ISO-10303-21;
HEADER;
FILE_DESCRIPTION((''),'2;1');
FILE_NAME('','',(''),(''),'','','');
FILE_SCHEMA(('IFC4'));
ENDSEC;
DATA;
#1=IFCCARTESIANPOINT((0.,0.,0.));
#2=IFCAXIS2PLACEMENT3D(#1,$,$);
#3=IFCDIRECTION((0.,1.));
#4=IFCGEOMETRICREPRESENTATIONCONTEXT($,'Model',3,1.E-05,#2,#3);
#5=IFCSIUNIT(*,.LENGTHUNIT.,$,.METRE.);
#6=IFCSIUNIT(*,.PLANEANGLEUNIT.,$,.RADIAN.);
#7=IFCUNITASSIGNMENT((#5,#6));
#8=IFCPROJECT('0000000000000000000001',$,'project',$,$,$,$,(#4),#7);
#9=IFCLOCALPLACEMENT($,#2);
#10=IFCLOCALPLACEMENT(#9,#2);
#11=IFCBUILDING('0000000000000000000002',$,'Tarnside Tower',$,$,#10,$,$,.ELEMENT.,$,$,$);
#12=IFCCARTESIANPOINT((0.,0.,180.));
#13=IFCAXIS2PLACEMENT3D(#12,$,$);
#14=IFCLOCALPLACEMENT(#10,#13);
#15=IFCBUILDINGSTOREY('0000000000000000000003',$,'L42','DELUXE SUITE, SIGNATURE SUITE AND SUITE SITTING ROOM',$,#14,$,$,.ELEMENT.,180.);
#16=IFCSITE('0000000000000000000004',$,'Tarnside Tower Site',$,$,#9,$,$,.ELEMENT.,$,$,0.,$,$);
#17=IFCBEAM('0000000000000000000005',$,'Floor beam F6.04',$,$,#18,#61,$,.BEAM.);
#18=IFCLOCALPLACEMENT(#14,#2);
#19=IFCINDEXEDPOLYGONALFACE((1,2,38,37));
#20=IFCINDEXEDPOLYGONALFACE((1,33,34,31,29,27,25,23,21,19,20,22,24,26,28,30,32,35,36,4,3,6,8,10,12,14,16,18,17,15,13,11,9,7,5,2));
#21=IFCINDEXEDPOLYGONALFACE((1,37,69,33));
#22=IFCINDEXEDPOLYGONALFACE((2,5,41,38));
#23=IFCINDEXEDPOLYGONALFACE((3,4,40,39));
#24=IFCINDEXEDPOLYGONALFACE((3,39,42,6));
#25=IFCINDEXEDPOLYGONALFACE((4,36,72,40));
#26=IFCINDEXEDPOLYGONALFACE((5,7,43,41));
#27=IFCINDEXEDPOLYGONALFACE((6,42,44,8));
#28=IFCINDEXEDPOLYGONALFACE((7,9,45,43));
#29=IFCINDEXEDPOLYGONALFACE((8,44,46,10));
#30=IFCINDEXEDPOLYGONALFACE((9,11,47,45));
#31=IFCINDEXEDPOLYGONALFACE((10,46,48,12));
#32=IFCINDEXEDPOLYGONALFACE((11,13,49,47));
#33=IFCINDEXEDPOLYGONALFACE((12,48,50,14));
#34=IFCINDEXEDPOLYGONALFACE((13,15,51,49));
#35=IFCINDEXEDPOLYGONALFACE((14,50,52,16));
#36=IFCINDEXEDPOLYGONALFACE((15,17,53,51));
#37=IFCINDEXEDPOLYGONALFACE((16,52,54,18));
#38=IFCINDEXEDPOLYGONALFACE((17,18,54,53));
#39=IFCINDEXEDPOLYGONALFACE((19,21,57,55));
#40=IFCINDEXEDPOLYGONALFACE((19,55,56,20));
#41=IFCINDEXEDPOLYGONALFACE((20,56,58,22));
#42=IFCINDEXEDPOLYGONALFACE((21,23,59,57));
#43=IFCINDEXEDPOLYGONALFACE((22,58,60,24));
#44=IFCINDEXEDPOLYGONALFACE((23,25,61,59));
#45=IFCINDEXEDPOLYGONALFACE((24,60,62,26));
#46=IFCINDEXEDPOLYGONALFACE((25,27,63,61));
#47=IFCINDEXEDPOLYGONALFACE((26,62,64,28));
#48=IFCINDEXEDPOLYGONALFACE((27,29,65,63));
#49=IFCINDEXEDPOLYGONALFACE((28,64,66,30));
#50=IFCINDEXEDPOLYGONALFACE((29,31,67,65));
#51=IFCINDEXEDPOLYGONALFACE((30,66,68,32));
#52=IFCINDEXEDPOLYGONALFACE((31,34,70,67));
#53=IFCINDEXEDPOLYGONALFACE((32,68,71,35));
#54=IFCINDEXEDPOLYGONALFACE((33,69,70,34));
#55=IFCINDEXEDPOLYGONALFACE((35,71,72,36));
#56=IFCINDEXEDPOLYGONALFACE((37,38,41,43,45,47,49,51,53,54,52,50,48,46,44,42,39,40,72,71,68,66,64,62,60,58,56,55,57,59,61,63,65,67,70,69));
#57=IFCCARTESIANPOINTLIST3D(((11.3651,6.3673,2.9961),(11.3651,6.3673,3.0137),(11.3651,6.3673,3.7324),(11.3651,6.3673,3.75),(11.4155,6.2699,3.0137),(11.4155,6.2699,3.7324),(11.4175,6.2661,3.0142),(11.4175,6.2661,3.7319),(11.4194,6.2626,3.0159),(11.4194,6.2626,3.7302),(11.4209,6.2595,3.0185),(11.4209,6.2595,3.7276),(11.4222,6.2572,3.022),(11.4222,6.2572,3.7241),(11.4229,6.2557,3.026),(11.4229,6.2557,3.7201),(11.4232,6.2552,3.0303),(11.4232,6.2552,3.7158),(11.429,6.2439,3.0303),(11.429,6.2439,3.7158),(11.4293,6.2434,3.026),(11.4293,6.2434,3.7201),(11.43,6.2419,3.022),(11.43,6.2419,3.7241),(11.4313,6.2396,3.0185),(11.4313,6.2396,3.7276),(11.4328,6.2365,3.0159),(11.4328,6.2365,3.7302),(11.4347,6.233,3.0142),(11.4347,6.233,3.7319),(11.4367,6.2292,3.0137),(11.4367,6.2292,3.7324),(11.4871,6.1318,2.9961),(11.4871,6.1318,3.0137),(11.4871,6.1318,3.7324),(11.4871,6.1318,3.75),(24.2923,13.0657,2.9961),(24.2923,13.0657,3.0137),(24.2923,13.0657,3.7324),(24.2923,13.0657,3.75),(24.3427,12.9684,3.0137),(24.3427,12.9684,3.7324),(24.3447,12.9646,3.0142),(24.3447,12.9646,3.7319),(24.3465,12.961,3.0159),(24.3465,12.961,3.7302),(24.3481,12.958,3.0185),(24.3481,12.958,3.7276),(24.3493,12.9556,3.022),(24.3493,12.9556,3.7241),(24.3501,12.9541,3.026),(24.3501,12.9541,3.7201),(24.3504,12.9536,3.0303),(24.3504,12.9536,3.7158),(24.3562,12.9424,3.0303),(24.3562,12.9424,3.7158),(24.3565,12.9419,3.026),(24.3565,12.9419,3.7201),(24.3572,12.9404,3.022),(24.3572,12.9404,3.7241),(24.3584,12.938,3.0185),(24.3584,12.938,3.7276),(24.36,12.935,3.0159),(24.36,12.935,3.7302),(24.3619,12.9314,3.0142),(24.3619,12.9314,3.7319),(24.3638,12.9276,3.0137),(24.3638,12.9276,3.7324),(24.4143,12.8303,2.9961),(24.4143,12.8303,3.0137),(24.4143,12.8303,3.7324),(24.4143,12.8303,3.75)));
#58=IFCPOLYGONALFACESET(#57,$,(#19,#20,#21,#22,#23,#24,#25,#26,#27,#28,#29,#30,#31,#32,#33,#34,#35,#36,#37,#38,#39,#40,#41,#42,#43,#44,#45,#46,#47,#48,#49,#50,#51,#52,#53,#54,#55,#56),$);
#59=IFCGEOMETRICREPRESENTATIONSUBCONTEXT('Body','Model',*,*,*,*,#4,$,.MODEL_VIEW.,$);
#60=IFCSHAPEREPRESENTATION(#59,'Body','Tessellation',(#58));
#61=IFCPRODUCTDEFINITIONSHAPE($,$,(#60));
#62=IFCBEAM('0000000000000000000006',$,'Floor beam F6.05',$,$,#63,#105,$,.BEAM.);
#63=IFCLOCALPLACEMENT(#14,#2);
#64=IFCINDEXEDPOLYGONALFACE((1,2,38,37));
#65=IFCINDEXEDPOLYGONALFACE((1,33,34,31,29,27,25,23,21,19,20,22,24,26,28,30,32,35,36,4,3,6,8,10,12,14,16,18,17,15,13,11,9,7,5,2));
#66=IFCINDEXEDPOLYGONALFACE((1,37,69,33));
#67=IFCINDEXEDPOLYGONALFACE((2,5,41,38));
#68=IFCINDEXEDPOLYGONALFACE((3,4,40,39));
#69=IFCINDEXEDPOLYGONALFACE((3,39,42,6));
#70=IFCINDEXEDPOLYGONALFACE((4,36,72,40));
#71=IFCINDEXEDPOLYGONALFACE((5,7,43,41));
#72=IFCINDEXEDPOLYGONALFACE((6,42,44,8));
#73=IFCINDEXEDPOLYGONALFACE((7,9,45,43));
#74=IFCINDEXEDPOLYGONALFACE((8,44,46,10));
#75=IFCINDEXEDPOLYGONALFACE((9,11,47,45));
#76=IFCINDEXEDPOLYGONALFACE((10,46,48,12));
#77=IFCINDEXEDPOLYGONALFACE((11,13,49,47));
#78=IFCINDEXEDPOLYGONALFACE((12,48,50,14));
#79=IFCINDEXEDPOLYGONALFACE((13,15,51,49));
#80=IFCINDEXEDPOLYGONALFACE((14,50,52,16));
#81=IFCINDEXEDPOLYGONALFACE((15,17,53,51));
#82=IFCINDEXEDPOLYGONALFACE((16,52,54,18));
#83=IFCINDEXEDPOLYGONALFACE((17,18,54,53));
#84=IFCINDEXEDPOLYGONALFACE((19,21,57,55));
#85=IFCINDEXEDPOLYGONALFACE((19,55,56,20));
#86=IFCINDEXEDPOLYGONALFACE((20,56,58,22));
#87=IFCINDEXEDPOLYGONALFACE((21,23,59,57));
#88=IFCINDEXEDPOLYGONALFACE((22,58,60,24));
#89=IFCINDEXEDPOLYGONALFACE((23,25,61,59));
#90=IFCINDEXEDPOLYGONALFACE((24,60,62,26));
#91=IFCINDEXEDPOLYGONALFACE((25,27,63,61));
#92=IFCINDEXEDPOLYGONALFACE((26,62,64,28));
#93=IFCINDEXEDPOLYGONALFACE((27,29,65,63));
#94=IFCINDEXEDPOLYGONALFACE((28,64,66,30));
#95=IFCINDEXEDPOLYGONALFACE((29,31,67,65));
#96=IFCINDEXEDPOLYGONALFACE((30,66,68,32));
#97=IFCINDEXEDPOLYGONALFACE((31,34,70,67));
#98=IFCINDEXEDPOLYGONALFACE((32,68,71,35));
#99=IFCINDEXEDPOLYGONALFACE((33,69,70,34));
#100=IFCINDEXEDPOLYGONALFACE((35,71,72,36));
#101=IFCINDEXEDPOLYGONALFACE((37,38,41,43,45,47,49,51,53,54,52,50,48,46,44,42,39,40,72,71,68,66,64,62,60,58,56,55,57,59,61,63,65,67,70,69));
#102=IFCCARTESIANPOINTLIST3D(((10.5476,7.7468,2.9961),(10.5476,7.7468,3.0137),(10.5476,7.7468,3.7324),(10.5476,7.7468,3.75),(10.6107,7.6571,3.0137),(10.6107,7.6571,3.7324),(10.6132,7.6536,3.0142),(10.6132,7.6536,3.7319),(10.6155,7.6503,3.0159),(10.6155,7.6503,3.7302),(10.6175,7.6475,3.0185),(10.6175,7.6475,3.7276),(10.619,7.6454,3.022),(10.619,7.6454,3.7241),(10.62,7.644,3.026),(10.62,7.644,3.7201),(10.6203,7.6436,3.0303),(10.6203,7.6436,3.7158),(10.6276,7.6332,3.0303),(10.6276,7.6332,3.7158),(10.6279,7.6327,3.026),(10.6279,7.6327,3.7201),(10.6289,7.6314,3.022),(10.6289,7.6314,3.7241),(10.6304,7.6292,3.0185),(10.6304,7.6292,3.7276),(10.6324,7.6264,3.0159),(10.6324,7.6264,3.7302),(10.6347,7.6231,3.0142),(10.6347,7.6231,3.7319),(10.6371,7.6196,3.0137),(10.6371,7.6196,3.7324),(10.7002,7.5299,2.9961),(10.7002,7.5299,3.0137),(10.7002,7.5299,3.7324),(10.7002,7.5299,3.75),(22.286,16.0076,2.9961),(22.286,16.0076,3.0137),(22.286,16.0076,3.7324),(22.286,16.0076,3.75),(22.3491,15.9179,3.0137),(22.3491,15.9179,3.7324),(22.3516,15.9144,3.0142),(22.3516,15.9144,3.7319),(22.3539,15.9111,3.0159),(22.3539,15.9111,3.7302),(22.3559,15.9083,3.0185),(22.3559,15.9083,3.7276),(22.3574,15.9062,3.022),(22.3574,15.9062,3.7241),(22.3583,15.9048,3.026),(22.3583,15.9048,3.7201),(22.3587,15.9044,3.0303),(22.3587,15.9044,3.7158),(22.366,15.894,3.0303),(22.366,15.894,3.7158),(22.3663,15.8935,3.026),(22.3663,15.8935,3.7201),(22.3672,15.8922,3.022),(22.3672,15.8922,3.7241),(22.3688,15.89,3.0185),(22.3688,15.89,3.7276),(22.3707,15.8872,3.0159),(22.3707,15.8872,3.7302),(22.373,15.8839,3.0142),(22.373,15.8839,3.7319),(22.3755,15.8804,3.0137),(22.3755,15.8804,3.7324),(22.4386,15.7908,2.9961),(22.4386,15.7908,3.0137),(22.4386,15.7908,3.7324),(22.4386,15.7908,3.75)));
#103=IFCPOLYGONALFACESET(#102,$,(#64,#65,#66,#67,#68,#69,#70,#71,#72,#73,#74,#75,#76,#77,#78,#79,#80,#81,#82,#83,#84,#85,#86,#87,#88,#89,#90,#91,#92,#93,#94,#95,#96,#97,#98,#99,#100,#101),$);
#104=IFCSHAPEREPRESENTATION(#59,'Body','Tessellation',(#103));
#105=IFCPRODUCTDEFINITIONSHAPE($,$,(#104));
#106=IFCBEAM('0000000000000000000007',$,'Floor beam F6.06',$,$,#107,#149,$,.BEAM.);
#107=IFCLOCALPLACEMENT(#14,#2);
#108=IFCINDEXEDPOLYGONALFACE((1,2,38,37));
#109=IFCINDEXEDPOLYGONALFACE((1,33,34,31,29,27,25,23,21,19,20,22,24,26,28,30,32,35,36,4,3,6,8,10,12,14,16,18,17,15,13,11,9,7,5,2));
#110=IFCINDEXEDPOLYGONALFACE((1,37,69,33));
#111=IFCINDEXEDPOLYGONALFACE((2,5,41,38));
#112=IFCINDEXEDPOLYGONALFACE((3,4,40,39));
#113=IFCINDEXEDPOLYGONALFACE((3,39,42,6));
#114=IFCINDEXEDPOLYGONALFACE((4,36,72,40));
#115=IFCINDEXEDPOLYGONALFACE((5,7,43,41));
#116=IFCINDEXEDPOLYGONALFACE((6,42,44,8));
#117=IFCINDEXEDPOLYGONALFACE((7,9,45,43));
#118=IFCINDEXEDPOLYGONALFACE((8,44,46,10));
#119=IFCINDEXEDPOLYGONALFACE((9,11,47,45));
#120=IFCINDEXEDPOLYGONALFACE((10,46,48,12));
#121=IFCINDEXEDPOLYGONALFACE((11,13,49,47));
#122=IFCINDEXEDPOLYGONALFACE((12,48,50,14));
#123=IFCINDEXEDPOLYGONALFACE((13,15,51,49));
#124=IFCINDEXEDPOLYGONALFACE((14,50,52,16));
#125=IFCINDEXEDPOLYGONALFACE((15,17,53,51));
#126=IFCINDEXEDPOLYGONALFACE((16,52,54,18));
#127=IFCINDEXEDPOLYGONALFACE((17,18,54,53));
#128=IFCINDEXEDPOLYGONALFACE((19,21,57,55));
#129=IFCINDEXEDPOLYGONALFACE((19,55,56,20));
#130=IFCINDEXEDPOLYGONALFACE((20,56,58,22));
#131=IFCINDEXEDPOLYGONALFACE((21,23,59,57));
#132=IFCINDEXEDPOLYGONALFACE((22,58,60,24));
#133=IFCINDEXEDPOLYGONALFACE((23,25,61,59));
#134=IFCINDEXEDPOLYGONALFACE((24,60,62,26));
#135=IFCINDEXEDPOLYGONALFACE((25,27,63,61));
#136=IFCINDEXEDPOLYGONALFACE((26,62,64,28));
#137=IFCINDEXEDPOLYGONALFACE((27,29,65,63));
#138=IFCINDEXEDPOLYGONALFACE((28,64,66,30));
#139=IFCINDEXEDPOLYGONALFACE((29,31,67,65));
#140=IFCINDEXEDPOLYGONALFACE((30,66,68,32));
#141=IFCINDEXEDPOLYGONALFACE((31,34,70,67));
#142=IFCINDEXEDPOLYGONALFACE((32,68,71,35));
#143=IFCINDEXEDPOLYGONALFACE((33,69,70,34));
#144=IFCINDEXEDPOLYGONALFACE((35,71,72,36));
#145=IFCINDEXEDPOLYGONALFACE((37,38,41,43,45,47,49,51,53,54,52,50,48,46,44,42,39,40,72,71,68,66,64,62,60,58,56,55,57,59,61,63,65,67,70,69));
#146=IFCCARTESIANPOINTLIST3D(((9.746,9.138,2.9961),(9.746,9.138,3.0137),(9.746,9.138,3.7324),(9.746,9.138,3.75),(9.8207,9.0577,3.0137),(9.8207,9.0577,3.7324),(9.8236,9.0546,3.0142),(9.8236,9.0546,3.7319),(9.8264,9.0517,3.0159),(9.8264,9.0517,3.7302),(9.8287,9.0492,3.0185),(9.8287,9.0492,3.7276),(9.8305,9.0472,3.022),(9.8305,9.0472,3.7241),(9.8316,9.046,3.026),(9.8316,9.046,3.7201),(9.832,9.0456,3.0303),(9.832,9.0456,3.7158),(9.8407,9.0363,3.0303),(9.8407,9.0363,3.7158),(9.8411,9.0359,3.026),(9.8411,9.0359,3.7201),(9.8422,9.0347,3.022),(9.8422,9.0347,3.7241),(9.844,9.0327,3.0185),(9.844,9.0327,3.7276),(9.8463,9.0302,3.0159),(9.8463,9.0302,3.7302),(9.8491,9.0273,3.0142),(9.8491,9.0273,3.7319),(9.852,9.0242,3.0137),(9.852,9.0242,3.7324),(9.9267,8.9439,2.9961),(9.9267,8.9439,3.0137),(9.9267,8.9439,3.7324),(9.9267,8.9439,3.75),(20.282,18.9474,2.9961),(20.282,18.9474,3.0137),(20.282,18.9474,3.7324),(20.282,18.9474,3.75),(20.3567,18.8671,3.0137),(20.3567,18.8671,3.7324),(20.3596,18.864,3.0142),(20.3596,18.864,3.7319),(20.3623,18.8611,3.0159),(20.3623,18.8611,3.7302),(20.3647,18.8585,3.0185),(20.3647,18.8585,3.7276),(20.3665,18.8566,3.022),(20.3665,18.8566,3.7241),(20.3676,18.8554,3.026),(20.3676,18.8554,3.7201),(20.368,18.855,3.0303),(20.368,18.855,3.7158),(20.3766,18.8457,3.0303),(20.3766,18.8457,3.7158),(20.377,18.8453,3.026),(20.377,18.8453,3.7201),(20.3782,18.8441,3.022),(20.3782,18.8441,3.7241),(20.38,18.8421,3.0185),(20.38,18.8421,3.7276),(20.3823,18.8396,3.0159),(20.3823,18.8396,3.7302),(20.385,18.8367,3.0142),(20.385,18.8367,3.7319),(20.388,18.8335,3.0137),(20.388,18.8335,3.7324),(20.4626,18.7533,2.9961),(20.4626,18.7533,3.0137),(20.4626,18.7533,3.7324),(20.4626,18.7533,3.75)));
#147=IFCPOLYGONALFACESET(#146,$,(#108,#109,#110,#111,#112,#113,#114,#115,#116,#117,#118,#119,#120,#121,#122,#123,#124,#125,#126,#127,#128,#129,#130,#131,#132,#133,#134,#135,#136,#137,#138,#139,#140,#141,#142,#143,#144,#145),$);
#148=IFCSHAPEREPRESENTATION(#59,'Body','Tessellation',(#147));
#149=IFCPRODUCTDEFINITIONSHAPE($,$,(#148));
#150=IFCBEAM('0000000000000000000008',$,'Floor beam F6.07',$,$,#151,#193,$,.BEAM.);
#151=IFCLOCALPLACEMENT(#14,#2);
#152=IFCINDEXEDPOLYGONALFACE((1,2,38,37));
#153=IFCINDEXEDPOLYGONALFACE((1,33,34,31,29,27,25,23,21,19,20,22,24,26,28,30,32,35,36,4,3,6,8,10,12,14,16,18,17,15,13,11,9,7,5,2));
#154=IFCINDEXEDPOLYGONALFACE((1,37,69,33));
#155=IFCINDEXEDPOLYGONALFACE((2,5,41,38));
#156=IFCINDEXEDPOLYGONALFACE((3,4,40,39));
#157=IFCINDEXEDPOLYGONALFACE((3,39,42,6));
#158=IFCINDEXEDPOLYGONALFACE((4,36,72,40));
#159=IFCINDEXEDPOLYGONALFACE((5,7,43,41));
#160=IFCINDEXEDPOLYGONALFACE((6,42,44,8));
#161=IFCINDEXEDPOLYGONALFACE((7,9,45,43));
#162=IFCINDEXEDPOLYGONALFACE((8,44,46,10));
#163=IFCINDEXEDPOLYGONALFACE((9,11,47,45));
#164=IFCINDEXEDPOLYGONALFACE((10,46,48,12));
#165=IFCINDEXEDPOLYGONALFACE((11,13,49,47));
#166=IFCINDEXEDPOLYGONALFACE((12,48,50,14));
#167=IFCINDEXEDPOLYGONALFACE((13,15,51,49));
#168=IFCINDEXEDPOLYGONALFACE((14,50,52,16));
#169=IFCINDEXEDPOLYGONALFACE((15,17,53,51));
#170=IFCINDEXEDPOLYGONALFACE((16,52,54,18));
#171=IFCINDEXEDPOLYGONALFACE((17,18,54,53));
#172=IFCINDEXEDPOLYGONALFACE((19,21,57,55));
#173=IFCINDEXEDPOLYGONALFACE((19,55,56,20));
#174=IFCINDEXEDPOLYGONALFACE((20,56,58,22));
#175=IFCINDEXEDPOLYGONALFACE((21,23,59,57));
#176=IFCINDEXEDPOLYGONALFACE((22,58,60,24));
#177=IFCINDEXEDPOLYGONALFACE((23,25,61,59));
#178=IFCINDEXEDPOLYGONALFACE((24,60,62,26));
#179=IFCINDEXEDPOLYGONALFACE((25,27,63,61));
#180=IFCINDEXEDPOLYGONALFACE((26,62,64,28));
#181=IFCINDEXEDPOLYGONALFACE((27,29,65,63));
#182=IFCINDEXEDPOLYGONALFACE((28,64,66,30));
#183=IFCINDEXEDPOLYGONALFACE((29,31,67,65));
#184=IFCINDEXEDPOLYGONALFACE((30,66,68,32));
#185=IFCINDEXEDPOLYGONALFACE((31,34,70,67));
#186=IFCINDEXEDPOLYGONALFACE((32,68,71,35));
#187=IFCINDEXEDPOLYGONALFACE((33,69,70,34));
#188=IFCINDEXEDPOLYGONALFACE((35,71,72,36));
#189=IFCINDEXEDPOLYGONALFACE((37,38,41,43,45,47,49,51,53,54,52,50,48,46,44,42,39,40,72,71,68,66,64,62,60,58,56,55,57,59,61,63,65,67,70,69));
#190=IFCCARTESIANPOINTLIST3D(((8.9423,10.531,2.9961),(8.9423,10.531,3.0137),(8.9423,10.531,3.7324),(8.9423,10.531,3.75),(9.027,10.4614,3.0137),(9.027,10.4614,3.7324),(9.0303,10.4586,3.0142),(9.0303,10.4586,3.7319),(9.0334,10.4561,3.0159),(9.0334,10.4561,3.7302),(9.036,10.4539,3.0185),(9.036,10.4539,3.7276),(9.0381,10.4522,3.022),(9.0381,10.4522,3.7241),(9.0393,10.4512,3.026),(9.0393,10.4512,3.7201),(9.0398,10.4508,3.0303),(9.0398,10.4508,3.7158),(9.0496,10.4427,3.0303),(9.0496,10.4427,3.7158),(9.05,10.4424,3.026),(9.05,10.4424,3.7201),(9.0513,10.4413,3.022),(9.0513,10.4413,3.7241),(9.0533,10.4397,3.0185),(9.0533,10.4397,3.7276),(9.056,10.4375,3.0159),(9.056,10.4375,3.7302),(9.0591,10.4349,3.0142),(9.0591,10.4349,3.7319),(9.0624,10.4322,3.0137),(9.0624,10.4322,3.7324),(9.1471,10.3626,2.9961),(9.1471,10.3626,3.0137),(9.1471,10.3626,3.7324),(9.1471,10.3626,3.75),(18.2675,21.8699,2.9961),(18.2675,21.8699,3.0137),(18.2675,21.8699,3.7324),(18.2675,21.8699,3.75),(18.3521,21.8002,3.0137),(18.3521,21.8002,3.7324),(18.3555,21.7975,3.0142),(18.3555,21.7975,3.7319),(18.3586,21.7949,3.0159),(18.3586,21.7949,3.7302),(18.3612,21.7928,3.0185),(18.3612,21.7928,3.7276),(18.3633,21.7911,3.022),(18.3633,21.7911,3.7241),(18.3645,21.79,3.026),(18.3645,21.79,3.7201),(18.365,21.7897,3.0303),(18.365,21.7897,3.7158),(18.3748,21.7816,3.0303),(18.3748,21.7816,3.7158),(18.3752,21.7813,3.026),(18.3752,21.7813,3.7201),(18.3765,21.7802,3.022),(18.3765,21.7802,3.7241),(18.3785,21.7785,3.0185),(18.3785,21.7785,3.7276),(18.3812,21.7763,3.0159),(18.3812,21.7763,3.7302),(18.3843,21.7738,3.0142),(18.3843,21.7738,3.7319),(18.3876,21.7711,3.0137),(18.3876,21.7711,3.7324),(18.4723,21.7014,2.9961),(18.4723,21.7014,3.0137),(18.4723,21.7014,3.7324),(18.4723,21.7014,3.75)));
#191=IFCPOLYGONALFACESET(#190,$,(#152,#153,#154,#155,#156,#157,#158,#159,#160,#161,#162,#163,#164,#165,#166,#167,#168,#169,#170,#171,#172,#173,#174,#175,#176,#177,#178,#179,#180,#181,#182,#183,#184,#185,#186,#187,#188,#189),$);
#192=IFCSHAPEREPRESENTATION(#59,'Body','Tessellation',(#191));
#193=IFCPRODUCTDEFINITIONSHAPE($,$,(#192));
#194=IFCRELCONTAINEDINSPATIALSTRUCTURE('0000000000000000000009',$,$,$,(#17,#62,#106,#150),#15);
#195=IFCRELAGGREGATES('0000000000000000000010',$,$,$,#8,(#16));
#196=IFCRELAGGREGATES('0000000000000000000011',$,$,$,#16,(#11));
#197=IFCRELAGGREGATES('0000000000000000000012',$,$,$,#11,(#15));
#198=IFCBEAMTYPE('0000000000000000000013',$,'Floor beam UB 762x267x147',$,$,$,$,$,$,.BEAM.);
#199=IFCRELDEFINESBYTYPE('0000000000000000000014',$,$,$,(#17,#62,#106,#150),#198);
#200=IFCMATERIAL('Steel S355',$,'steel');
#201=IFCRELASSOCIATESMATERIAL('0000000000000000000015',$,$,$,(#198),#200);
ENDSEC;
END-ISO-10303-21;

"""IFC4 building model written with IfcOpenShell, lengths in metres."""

from ifc_helpers import new_model, si_unit, direction, frame, origin, origin_2d, place, context, subcontext, project, spatial, i_section, extrude, material, material_profile, profile_set, type_object, element, save


model = new_model("IFC4")

# Units and contexts
model_context = context("Model", 3, precision=1e-05, world=origin(), true_north=direction((0.0, 1.0)))
body_context = subcontext(model_context, "Body", "Model", "MODEL_VIEW")
ifc_project = project(units=[si_unit("LENGTHUNIT", "METRE"), si_unit("PLANEANGLEUNIT", "RADIAN")], contexts=[model_context])

# Site, building, storey
site_placement = place(None, origin())
site = spatial("IfcSite", under=ifc_project, at=site_placement, Name="Tarnside Tower Site", CompositionType="ELEMENT", RefElevation=0.0)
building_placement = place(site_placement, origin())
building = spatial("IfcBuilding", under=site, at=building_placement, Name="Tarnside Tower", CompositionType="ELEMENT")
storey_placement = place(building_placement, frame((0.0, 0.0, 180.0)))
storey = spatial("IfcBuildingStorey", under=building, at=storey_placement, Name="L42", Description="DELUXE SUITE, SIGNATURE SUITE AND SUITE SITTING ROOM", CompositionType="ELEMENT", Elevation=180.0)

# Beams
ifc_material_1 = material(Name="Steel S355", Category="steel")
ifc_material_profile_1 = material_profile(ifc_material_1, i_section(OverallWidth=0.2651, OverallDepth=0.7539, WebThickness=0.0127, FlangeThickness=0.0176, FilletRadius=0.0166, at=origin_2d()), Name="UB 762x267x147")
ifc_profile_set_1 = profile_set([ifc_material_profile_1], Name="Steel S355")
beam_type_1 = type_object("IfcBeamType", Name="Floor beam UB 762x267x147", PredefinedType="BEAM", material=ifc_profile_set_1)
beam_1_placement = place(storey_placement, frame((24.3533, 12.948, 3.373), z_axis=(-0.887882, -0.460072, 0.0), x_axis=(0.460072, -0.887882, 0.0)))
element("IfcBeam", 1, at=beam_1_placement, inside=storey, type_object=beam_type_1, Name="Floor beam F6.04", PredefinedType="BEAM", context=body_context, shape_type="SweptSolid", body=[
    extrude(i_section(OverallWidth=0.2651, OverallDepth=0.7539, WebThickness=0.0127, FlangeThickness=0.0176, FilletRadius=0.0166, at=origin_2d()), origin(), (0.0, 0.0, 1.0), 14.5596),
])
beam_2_placement = place(storey_placement, frame((22.3623, 15.8992, 3.373), z_axis=(-0.817791, -0.575515, 0.0), x_axis=(0.575515, -0.817791, 0.0)))
element("IfcBeam", 2, at=beam_2_placement, inside=storey, type_object=beam_type_1, Name="Floor beam F6.05", PredefinedType="BEAM", context=body_context, shape_type="SweptSolid", body=[
    extrude(i_section(OverallWidth=0.2651, OverallDepth=0.7539, WebThickness=0.0127, FlangeThickness=0.0176, FilletRadius=0.0166, at=origin_2d()), origin(), (0.0, 0.0, 1.0), 14.3538),
])
beam_3_placement = place(storey_placement, frame((20.3723, 18.8503, 3.373), z_axis=(-0.731892, -0.68142, 0.0), x_axis=(0.68142, -0.731892, 0.0)))
element("IfcBeam", 3, at=beam_3_placement, inside=storey, type_object=beam_type_1, Name="Floor beam F6.06", PredefinedType="BEAM", context=body_context, shape_type="SweptSolid", body=[
    extrude(i_section(OverallWidth=0.2651, OverallDepth=0.7539, WebThickness=0.0127, FlangeThickness=0.0176, FilletRadius=0.0166, at=origin_2d()), origin(), (0.0, 0.0, 1.0), 14.3955),
])
beam_4_placement = place(storey_placement, frame((18.3699, 21.7856, 3.373), z_axis=(-0.635192, -0.772354, 0.0), x_axis=(0.772354, -0.635192, 0.0)))
element("IfcBeam", 4, at=beam_4_placement, inside=storey, type_object=beam_type_1, Name="Floor beam F6.07", PredefinedType="BEAM", context=body_context, shape_type="SweptSolid", body=[
    extrude(i_section(OverallWidth=0.2651, OverallDepth=0.7539, WebThickness=0.0127, FlangeThickness=0.0176, FilletRadius=0.0166, at=origin_2d()), origin(), (0.0, 0.0, 1.0), 14.6809),
])

save(model, "model.ifc")
